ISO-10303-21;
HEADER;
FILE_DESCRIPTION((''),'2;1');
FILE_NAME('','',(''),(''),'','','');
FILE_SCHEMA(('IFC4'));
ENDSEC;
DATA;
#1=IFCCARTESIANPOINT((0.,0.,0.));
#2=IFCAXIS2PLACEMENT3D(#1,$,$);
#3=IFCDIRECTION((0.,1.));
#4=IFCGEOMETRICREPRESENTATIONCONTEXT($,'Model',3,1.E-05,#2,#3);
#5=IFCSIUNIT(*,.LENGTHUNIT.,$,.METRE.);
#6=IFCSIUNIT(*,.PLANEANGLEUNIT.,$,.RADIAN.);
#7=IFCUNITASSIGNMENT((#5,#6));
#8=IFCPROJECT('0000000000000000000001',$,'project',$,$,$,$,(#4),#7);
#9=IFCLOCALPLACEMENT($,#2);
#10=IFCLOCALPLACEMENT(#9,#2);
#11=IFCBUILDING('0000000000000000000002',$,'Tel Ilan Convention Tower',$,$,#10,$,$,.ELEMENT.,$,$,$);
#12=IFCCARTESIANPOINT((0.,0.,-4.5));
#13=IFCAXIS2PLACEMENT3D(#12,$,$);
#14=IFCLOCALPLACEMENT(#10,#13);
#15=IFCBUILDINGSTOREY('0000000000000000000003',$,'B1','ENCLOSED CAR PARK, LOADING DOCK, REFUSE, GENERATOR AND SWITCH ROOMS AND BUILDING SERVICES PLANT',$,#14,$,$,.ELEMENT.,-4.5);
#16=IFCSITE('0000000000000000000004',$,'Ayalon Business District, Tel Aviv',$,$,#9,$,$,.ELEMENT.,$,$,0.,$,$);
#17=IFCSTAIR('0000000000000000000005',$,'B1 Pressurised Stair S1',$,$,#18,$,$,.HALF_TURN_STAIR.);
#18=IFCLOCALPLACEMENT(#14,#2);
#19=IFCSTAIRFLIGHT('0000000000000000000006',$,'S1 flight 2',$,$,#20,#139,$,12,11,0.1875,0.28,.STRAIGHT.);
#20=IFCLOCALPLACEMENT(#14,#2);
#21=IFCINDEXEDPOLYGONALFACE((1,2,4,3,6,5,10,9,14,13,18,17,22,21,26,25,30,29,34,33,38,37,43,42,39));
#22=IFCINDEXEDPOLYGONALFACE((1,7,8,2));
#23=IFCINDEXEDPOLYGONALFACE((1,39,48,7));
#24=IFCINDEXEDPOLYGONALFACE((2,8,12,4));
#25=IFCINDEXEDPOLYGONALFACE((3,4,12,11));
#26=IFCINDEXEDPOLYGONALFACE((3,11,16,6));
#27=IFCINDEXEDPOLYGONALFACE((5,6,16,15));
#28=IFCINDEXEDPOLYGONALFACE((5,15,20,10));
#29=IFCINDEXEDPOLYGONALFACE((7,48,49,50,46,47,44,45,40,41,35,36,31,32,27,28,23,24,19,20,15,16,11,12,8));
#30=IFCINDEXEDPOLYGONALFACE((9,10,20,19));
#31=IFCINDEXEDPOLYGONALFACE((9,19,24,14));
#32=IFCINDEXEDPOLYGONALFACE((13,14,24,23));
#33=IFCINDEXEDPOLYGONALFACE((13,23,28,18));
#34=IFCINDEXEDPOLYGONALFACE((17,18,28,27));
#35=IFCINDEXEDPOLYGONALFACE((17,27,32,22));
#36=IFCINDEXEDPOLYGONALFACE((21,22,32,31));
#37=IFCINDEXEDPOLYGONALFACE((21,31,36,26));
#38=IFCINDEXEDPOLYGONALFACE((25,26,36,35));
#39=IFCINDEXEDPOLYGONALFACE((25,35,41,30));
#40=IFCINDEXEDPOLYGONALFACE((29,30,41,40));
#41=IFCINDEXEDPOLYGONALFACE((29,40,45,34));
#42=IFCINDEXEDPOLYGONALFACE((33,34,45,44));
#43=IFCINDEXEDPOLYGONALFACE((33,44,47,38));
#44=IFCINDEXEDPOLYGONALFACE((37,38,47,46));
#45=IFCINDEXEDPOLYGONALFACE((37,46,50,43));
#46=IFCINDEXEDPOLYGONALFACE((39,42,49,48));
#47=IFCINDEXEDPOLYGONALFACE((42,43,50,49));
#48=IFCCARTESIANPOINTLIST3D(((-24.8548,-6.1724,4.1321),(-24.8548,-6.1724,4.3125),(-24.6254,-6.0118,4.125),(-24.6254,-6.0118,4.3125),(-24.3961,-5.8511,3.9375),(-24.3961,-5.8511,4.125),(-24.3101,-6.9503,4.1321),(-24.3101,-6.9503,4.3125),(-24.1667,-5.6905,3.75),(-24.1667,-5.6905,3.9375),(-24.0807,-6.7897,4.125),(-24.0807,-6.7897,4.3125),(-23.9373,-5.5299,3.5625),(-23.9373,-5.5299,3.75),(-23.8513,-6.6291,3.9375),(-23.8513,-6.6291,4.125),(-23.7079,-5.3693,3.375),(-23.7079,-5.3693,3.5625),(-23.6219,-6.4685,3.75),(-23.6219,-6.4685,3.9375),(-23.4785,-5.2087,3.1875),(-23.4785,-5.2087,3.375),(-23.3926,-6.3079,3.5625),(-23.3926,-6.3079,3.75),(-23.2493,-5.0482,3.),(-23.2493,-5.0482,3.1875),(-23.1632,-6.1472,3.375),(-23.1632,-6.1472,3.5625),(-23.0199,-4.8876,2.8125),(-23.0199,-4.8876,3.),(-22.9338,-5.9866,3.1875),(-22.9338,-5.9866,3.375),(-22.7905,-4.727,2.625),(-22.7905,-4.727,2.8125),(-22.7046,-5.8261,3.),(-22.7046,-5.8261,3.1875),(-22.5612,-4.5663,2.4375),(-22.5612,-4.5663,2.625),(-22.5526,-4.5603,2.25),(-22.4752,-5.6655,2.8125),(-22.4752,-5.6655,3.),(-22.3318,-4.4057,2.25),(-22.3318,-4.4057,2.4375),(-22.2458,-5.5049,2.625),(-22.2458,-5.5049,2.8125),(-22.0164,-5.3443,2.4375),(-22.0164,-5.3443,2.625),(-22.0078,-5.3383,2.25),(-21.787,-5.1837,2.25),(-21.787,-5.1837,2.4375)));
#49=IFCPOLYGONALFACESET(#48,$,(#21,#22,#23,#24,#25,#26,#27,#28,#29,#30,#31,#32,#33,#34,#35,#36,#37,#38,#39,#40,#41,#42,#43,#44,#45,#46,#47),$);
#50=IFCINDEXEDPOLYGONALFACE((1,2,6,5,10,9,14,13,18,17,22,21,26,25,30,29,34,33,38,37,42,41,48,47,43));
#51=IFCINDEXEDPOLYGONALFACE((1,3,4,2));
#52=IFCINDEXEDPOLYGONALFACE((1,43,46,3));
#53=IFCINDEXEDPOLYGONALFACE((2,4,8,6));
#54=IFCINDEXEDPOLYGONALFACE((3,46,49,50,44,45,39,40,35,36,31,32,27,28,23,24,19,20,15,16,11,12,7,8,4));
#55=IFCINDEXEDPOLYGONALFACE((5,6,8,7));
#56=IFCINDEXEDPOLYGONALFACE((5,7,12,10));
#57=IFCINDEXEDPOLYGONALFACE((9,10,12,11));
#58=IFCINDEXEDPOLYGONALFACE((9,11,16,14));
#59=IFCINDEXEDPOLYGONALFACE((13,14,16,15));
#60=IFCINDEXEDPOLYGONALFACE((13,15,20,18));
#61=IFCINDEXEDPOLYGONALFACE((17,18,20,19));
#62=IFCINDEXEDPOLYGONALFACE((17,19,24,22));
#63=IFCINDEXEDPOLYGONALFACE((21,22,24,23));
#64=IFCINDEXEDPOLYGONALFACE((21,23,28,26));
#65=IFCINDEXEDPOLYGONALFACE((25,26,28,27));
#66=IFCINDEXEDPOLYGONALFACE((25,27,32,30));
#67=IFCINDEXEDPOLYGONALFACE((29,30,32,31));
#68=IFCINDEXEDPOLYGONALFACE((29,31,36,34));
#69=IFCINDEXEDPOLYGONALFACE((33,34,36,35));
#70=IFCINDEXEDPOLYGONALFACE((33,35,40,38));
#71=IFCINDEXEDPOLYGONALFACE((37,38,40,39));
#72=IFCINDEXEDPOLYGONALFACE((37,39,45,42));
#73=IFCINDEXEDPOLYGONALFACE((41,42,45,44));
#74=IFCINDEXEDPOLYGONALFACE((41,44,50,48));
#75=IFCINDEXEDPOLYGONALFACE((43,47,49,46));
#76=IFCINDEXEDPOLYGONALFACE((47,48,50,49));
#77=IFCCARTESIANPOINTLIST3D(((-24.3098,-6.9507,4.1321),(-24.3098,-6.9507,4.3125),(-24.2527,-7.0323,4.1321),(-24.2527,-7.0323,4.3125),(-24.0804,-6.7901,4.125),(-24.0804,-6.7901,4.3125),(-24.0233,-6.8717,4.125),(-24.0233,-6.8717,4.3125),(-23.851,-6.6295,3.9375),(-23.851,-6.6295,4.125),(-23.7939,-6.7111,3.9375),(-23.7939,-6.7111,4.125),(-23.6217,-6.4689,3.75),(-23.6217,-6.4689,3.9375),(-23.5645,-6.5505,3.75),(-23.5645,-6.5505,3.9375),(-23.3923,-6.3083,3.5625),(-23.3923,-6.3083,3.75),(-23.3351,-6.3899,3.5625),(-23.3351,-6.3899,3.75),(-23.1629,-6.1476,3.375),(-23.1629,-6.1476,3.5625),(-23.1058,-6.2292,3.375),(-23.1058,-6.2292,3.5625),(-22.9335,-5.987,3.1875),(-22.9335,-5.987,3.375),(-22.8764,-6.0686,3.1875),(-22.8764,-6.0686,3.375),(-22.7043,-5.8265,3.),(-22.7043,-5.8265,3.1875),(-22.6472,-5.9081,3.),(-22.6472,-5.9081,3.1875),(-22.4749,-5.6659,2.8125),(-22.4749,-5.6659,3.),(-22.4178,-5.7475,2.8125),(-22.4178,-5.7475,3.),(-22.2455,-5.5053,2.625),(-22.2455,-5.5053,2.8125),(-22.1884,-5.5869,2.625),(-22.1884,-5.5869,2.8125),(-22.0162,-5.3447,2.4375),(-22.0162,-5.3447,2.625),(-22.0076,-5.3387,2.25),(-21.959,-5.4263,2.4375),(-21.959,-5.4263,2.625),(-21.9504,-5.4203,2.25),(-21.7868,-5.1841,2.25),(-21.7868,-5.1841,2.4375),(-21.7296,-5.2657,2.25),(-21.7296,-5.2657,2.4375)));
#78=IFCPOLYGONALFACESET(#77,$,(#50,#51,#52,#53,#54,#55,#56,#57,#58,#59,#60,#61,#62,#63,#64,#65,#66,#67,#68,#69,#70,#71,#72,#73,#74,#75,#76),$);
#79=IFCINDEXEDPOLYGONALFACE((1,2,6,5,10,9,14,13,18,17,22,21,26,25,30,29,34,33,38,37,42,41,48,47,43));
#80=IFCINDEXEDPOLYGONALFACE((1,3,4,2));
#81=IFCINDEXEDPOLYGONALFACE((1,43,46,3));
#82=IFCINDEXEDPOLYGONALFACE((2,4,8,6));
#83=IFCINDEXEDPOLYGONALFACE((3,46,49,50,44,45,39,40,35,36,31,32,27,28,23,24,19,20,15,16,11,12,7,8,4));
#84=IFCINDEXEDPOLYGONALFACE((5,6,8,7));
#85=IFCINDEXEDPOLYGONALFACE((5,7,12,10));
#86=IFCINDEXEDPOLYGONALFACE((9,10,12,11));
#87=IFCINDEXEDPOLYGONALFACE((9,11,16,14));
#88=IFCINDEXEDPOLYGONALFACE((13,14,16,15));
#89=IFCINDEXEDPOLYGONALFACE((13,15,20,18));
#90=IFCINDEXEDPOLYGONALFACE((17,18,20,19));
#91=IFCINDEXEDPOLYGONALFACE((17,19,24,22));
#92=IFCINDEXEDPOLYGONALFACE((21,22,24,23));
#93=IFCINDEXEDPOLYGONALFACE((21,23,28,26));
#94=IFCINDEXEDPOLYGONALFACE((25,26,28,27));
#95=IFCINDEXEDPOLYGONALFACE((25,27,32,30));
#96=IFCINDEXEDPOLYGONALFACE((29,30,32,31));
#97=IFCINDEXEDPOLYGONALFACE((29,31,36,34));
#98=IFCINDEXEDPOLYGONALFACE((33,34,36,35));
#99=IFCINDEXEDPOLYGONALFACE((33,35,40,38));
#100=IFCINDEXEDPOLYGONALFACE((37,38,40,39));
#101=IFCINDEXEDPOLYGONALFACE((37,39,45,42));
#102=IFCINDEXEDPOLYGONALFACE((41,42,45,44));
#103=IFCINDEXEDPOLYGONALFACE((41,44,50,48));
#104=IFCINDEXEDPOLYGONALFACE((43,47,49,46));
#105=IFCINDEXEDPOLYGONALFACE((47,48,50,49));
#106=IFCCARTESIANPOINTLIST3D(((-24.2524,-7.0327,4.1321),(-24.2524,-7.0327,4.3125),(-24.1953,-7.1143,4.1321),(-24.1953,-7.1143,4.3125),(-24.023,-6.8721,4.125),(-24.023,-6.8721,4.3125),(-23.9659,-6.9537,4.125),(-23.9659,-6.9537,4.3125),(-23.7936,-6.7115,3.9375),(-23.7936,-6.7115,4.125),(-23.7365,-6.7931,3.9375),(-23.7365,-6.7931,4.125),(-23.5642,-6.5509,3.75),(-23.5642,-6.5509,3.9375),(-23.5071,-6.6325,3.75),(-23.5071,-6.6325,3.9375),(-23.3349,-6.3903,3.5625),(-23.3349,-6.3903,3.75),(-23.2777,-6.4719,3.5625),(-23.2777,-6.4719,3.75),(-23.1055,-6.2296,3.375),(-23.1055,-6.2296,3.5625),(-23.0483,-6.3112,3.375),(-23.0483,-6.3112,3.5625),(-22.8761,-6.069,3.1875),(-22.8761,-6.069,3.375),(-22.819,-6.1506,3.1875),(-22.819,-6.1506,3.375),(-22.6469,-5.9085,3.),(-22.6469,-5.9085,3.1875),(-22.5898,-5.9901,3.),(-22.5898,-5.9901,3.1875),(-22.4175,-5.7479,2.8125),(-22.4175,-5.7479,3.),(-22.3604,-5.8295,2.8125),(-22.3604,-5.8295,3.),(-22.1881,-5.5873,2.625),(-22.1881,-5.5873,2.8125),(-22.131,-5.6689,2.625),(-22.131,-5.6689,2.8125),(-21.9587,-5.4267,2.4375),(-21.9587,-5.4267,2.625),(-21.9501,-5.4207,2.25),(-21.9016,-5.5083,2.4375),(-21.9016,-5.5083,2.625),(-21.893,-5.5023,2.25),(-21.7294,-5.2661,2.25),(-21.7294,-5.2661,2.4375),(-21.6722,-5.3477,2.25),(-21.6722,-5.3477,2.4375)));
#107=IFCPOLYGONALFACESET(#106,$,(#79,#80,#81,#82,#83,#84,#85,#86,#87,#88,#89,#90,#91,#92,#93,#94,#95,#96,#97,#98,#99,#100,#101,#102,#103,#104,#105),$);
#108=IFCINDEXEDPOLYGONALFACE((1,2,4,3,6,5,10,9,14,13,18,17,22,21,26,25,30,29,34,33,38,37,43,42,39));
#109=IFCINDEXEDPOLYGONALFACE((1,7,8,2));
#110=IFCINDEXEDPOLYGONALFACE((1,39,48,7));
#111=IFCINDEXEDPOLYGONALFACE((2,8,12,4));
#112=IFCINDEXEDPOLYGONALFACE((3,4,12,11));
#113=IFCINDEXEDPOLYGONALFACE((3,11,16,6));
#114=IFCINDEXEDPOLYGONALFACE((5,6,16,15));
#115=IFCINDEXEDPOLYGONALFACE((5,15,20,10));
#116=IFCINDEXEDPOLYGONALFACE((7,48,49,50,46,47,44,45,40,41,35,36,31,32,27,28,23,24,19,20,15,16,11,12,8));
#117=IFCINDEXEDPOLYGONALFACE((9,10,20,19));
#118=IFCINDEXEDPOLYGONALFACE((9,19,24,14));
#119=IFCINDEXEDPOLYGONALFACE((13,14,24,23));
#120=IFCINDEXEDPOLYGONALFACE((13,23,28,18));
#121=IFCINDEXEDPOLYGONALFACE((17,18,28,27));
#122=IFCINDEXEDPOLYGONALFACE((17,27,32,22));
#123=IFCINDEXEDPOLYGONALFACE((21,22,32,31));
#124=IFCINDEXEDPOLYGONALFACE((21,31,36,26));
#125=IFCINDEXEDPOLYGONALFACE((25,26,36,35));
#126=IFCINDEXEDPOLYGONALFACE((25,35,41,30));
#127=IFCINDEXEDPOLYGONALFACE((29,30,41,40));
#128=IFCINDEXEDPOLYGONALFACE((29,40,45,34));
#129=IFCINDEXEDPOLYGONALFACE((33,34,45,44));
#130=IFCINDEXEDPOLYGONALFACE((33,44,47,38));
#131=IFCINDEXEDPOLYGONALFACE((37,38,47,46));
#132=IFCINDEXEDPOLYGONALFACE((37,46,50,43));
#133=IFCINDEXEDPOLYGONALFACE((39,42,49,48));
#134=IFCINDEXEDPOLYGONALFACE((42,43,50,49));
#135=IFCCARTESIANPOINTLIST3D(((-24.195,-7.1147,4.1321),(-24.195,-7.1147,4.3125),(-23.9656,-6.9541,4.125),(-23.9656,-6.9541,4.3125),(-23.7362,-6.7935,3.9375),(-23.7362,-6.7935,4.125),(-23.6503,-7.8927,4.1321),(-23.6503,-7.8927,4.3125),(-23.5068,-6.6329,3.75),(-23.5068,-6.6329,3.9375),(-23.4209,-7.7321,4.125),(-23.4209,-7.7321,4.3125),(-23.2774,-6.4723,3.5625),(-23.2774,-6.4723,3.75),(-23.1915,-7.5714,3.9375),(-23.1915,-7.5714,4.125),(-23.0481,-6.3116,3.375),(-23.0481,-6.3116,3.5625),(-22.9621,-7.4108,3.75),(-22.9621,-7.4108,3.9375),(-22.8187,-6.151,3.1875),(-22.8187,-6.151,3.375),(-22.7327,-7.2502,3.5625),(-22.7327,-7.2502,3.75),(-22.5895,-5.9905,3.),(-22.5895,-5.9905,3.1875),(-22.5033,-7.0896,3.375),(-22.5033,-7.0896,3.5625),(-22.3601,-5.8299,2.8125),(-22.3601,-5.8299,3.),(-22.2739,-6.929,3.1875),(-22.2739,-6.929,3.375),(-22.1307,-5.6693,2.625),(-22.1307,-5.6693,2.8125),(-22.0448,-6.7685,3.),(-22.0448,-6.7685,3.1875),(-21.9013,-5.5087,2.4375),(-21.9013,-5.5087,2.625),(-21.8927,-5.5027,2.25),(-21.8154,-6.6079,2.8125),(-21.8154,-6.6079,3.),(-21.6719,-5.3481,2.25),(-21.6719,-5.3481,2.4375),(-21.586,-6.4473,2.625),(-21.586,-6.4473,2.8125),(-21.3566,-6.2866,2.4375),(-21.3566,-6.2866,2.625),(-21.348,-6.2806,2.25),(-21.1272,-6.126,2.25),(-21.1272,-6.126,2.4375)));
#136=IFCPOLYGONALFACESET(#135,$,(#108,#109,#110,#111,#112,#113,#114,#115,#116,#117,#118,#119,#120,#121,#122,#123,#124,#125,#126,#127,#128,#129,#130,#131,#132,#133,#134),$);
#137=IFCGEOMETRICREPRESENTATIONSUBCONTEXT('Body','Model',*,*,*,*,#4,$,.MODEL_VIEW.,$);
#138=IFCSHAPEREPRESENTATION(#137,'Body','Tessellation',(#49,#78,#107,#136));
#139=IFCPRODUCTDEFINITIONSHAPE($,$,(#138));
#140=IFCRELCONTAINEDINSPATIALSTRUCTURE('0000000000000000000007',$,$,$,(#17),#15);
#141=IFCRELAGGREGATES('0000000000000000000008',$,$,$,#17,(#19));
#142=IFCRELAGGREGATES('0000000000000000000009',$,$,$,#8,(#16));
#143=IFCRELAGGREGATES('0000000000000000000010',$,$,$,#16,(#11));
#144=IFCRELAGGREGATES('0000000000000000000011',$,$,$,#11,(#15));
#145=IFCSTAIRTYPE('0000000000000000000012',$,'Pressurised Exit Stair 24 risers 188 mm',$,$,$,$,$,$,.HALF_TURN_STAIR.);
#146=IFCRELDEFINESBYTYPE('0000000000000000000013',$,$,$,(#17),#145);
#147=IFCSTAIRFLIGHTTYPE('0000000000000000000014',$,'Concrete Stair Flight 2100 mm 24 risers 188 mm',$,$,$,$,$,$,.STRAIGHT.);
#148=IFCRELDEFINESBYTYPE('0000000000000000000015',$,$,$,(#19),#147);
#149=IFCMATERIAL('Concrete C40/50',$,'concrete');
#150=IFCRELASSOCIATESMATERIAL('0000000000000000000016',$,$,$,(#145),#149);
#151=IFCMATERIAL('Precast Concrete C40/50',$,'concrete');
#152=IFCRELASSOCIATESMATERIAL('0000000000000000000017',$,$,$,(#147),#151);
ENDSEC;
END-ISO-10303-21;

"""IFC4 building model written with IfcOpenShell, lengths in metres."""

from ifc_helpers import new_model, si_unit, direction, frame, origin, place, context, subcontext, project, spatial, polyline, outline, extrude, material, type_object, element, aggregate, save


model = new_model("IFC4")

# Units and contexts
model_context = context("Model", 3, precision=1e-05, world=origin(), true_north=direction((0.0, 1.0)))
body_context = subcontext(model_context, "Body", "Model", "MODEL_VIEW")
ifc_project = project(units=[si_unit("LENGTHUNIT", "METRE"), si_unit("PLANEANGLEUNIT", "RADIAN")], contexts=[model_context])

# Site, building, storey
site_placement = place(None, origin())
site = spatial("IfcSite", under=ifc_project, at=site_placement, Name="Ayalon Business District, Tel Aviv", CompositionType="ELEMENT", RefElevation=0.0)
building_placement = place(site_placement, origin())
building = spatial("IfcBuilding", under=site, at=building_placement, Name="Tel Ilan Convention Tower", CompositionType="ELEMENT")
storey_placement = place(building_placement, frame((0.0, 0.0, -4.5)))
storey = spatial("IfcBuildingStorey", under=building, at=storey_placement, Name="B1", Description="ENCLOSED CAR PARK, LOADING DOCK, REFUSE, GENERATOR AND SWITCH ROOMS AND BUILDING SERVICES PLANT", CompositionType="ELEMENT", Elevation=-4.5)

# Stair, stair flight
ifc_material_1 = material(Name="Concrete C40/50", Category="concrete")
stair_type = type_object("IfcStairType", Name="Pressurised Exit Stair 24 risers 188 mm", PredefinedType="HALF_TURN_STAIR", material=ifc_material_1)
stair_1_placement = place(storey_placement, origin())
stair_1 = element("IfcStair", 1, at=stair_1_placement, inside=storey, type_object=stair_type, Name="B1 Pressurised Stair S1", PredefinedType="HALF_TURN_STAIR")
ifc_material_2 = material(Name="Precast Concrete C40/50", Category="concrete")
stair_flight_type = type_object("IfcStairFlightType", Name="Concrete Stair Flight 2100 mm 24 risers 188 mm", PredefinedType="STRAIGHT", material=ifc_material_2)
stair_flight_1_placement = place(storey_placement, frame((-21.7295, -5.2659, 2.25), z_axis=(0.0, 0.0, 1.0), x_axis=(-0.819152, -0.573576, 0.0)))
stair_flight_1 = element("IfcStairFlight", 2, at=stair_flight_1_placement, type_object=stair_flight_type, Name="S1 flight 2", NumberOfRisers=12, NumberOfTreads=11, PredefinedType="STRAIGHT", RiserHeight=0.1875, TreadLength=0.28, context=body_context, shape_type="SweptSolid", body=[
    extrude(outline(polyline([(0.0, 0.0), (0.0, 0.1875), (0.28, 0.1875), (0.28, 0.375), (0.5601, 0.375), (0.5601, 0.5625), (0.8401, 0.5625), (0.8401, 0.75), (1.1201, 0.75), (1.1201, 0.9375), (1.3999, 0.9375), (1.3999, 1.125), (1.6799, 1.125), (1.6799, 1.3125), (1.96, 1.3125), (1.96, 1.5), (2.24, 1.5), (2.24, 1.6875), (2.52, 1.6875), (2.52, 1.875), (2.8, 1.875), (2.8, 2.0625), (3.0801, 2.0625), (3.0801, 2.25), (3.0801, 1.8821), (0.2695, 0.0), (0.0, 0.0)])), frame((0.0, -0.1003, 0.0), z_axis=(0.0, -1.0, 0.0), x_axis=(1.0, 0.0, 0.0)), (0.0, 0.0, 1.0), 0.9497),
    extrude(outline(polyline([(0.0, 0.0), (0.0, 0.1875), (0.28, 0.1875), (0.28, 0.375), (0.5601, 0.375), (0.5601, 0.5625), (0.8401, 0.5625), (0.8401, 0.75), (1.1201, 0.75), (1.1201, 0.9375), (1.3999, 0.9375), (1.3999, 1.125), (1.6799, 1.125), (1.6799, 1.3125), (1.96, 1.3125), (1.96, 1.5), (2.24, 1.5), (2.24, 1.6875), (2.52, 1.6875), (2.52, 1.875), (2.8, 1.875), (2.8, 2.0625), (3.0801, 2.0625), (3.0801, 2.25), (3.0801, 1.8821), (0.2695, 0.0), (0.0, 0.0)])), frame((0.0, -0.0002, 0.0), z_axis=(0.0, -1.0, 0.0), x_axis=(1.0, 0.0, 0.0)), (0.0, 0.0, 1.0), 0.0996),
    extrude(outline(polyline([(0.0, 0.0), (0.0, 0.1875), (0.28, 0.1875), (0.28, 0.375), (0.5601, 0.375), (0.5601, 0.5625), (0.8401, 0.5625), (0.8401, 0.75), (1.1201, 0.75), (1.1201, 0.9375), (1.3999, 0.9375), (1.3999, 1.125), (1.6799, 1.125), (1.6799, 1.3125), (1.96, 1.3125), (1.96, 1.5), (2.24, 1.5), (2.24, 1.6875), (2.52, 1.6875), (2.52, 1.875), (2.8, 1.875), (2.8, 2.0625), (3.0801, 2.0625), (3.0801, 2.25), (3.0801, 1.8821), (0.2695, 0.0), (0.0, 0.0)])), frame((0.0, 0.0999, 0.0), z_axis=(0.0, -1.0, 0.0), x_axis=(1.0, 0.0, 0.0)), (0.0, 0.0, 1.0), 0.0996),
    extrude(outline(polyline([(0.0, 0.0), (0.0, 0.1875), (0.28, 0.1875), (0.28, 0.375), (0.5601, 0.375), (0.5601, 0.5625), (0.8401, 0.5625), (0.8401, 0.75), (1.1201, 0.75), (1.1201, 0.9375), (1.3999, 0.9375), (1.3999, 1.125), (1.6799, 1.125), (1.6799, 1.3125), (1.96, 1.3125), (1.96, 1.5), (2.24, 1.5), (2.24, 1.6875), (2.52, 1.6875), (2.52, 1.875), (2.8, 1.875), (2.8, 2.0625), (3.0801, 2.0625), (3.0801, 2.25), (3.0801, 1.8821), (0.2695, 0.0), (0.0, 0.0)])), frame((0.0, 1.05, 0.0), z_axis=(0.0, -1.0, 0.0), x_axis=(1.0, 0.0, 0.0)), (0.0, 0.0, 1.0), 0.9497),
])
aggregate(stair_1, [stair_flight_1])

save(model, "model.ifc")
